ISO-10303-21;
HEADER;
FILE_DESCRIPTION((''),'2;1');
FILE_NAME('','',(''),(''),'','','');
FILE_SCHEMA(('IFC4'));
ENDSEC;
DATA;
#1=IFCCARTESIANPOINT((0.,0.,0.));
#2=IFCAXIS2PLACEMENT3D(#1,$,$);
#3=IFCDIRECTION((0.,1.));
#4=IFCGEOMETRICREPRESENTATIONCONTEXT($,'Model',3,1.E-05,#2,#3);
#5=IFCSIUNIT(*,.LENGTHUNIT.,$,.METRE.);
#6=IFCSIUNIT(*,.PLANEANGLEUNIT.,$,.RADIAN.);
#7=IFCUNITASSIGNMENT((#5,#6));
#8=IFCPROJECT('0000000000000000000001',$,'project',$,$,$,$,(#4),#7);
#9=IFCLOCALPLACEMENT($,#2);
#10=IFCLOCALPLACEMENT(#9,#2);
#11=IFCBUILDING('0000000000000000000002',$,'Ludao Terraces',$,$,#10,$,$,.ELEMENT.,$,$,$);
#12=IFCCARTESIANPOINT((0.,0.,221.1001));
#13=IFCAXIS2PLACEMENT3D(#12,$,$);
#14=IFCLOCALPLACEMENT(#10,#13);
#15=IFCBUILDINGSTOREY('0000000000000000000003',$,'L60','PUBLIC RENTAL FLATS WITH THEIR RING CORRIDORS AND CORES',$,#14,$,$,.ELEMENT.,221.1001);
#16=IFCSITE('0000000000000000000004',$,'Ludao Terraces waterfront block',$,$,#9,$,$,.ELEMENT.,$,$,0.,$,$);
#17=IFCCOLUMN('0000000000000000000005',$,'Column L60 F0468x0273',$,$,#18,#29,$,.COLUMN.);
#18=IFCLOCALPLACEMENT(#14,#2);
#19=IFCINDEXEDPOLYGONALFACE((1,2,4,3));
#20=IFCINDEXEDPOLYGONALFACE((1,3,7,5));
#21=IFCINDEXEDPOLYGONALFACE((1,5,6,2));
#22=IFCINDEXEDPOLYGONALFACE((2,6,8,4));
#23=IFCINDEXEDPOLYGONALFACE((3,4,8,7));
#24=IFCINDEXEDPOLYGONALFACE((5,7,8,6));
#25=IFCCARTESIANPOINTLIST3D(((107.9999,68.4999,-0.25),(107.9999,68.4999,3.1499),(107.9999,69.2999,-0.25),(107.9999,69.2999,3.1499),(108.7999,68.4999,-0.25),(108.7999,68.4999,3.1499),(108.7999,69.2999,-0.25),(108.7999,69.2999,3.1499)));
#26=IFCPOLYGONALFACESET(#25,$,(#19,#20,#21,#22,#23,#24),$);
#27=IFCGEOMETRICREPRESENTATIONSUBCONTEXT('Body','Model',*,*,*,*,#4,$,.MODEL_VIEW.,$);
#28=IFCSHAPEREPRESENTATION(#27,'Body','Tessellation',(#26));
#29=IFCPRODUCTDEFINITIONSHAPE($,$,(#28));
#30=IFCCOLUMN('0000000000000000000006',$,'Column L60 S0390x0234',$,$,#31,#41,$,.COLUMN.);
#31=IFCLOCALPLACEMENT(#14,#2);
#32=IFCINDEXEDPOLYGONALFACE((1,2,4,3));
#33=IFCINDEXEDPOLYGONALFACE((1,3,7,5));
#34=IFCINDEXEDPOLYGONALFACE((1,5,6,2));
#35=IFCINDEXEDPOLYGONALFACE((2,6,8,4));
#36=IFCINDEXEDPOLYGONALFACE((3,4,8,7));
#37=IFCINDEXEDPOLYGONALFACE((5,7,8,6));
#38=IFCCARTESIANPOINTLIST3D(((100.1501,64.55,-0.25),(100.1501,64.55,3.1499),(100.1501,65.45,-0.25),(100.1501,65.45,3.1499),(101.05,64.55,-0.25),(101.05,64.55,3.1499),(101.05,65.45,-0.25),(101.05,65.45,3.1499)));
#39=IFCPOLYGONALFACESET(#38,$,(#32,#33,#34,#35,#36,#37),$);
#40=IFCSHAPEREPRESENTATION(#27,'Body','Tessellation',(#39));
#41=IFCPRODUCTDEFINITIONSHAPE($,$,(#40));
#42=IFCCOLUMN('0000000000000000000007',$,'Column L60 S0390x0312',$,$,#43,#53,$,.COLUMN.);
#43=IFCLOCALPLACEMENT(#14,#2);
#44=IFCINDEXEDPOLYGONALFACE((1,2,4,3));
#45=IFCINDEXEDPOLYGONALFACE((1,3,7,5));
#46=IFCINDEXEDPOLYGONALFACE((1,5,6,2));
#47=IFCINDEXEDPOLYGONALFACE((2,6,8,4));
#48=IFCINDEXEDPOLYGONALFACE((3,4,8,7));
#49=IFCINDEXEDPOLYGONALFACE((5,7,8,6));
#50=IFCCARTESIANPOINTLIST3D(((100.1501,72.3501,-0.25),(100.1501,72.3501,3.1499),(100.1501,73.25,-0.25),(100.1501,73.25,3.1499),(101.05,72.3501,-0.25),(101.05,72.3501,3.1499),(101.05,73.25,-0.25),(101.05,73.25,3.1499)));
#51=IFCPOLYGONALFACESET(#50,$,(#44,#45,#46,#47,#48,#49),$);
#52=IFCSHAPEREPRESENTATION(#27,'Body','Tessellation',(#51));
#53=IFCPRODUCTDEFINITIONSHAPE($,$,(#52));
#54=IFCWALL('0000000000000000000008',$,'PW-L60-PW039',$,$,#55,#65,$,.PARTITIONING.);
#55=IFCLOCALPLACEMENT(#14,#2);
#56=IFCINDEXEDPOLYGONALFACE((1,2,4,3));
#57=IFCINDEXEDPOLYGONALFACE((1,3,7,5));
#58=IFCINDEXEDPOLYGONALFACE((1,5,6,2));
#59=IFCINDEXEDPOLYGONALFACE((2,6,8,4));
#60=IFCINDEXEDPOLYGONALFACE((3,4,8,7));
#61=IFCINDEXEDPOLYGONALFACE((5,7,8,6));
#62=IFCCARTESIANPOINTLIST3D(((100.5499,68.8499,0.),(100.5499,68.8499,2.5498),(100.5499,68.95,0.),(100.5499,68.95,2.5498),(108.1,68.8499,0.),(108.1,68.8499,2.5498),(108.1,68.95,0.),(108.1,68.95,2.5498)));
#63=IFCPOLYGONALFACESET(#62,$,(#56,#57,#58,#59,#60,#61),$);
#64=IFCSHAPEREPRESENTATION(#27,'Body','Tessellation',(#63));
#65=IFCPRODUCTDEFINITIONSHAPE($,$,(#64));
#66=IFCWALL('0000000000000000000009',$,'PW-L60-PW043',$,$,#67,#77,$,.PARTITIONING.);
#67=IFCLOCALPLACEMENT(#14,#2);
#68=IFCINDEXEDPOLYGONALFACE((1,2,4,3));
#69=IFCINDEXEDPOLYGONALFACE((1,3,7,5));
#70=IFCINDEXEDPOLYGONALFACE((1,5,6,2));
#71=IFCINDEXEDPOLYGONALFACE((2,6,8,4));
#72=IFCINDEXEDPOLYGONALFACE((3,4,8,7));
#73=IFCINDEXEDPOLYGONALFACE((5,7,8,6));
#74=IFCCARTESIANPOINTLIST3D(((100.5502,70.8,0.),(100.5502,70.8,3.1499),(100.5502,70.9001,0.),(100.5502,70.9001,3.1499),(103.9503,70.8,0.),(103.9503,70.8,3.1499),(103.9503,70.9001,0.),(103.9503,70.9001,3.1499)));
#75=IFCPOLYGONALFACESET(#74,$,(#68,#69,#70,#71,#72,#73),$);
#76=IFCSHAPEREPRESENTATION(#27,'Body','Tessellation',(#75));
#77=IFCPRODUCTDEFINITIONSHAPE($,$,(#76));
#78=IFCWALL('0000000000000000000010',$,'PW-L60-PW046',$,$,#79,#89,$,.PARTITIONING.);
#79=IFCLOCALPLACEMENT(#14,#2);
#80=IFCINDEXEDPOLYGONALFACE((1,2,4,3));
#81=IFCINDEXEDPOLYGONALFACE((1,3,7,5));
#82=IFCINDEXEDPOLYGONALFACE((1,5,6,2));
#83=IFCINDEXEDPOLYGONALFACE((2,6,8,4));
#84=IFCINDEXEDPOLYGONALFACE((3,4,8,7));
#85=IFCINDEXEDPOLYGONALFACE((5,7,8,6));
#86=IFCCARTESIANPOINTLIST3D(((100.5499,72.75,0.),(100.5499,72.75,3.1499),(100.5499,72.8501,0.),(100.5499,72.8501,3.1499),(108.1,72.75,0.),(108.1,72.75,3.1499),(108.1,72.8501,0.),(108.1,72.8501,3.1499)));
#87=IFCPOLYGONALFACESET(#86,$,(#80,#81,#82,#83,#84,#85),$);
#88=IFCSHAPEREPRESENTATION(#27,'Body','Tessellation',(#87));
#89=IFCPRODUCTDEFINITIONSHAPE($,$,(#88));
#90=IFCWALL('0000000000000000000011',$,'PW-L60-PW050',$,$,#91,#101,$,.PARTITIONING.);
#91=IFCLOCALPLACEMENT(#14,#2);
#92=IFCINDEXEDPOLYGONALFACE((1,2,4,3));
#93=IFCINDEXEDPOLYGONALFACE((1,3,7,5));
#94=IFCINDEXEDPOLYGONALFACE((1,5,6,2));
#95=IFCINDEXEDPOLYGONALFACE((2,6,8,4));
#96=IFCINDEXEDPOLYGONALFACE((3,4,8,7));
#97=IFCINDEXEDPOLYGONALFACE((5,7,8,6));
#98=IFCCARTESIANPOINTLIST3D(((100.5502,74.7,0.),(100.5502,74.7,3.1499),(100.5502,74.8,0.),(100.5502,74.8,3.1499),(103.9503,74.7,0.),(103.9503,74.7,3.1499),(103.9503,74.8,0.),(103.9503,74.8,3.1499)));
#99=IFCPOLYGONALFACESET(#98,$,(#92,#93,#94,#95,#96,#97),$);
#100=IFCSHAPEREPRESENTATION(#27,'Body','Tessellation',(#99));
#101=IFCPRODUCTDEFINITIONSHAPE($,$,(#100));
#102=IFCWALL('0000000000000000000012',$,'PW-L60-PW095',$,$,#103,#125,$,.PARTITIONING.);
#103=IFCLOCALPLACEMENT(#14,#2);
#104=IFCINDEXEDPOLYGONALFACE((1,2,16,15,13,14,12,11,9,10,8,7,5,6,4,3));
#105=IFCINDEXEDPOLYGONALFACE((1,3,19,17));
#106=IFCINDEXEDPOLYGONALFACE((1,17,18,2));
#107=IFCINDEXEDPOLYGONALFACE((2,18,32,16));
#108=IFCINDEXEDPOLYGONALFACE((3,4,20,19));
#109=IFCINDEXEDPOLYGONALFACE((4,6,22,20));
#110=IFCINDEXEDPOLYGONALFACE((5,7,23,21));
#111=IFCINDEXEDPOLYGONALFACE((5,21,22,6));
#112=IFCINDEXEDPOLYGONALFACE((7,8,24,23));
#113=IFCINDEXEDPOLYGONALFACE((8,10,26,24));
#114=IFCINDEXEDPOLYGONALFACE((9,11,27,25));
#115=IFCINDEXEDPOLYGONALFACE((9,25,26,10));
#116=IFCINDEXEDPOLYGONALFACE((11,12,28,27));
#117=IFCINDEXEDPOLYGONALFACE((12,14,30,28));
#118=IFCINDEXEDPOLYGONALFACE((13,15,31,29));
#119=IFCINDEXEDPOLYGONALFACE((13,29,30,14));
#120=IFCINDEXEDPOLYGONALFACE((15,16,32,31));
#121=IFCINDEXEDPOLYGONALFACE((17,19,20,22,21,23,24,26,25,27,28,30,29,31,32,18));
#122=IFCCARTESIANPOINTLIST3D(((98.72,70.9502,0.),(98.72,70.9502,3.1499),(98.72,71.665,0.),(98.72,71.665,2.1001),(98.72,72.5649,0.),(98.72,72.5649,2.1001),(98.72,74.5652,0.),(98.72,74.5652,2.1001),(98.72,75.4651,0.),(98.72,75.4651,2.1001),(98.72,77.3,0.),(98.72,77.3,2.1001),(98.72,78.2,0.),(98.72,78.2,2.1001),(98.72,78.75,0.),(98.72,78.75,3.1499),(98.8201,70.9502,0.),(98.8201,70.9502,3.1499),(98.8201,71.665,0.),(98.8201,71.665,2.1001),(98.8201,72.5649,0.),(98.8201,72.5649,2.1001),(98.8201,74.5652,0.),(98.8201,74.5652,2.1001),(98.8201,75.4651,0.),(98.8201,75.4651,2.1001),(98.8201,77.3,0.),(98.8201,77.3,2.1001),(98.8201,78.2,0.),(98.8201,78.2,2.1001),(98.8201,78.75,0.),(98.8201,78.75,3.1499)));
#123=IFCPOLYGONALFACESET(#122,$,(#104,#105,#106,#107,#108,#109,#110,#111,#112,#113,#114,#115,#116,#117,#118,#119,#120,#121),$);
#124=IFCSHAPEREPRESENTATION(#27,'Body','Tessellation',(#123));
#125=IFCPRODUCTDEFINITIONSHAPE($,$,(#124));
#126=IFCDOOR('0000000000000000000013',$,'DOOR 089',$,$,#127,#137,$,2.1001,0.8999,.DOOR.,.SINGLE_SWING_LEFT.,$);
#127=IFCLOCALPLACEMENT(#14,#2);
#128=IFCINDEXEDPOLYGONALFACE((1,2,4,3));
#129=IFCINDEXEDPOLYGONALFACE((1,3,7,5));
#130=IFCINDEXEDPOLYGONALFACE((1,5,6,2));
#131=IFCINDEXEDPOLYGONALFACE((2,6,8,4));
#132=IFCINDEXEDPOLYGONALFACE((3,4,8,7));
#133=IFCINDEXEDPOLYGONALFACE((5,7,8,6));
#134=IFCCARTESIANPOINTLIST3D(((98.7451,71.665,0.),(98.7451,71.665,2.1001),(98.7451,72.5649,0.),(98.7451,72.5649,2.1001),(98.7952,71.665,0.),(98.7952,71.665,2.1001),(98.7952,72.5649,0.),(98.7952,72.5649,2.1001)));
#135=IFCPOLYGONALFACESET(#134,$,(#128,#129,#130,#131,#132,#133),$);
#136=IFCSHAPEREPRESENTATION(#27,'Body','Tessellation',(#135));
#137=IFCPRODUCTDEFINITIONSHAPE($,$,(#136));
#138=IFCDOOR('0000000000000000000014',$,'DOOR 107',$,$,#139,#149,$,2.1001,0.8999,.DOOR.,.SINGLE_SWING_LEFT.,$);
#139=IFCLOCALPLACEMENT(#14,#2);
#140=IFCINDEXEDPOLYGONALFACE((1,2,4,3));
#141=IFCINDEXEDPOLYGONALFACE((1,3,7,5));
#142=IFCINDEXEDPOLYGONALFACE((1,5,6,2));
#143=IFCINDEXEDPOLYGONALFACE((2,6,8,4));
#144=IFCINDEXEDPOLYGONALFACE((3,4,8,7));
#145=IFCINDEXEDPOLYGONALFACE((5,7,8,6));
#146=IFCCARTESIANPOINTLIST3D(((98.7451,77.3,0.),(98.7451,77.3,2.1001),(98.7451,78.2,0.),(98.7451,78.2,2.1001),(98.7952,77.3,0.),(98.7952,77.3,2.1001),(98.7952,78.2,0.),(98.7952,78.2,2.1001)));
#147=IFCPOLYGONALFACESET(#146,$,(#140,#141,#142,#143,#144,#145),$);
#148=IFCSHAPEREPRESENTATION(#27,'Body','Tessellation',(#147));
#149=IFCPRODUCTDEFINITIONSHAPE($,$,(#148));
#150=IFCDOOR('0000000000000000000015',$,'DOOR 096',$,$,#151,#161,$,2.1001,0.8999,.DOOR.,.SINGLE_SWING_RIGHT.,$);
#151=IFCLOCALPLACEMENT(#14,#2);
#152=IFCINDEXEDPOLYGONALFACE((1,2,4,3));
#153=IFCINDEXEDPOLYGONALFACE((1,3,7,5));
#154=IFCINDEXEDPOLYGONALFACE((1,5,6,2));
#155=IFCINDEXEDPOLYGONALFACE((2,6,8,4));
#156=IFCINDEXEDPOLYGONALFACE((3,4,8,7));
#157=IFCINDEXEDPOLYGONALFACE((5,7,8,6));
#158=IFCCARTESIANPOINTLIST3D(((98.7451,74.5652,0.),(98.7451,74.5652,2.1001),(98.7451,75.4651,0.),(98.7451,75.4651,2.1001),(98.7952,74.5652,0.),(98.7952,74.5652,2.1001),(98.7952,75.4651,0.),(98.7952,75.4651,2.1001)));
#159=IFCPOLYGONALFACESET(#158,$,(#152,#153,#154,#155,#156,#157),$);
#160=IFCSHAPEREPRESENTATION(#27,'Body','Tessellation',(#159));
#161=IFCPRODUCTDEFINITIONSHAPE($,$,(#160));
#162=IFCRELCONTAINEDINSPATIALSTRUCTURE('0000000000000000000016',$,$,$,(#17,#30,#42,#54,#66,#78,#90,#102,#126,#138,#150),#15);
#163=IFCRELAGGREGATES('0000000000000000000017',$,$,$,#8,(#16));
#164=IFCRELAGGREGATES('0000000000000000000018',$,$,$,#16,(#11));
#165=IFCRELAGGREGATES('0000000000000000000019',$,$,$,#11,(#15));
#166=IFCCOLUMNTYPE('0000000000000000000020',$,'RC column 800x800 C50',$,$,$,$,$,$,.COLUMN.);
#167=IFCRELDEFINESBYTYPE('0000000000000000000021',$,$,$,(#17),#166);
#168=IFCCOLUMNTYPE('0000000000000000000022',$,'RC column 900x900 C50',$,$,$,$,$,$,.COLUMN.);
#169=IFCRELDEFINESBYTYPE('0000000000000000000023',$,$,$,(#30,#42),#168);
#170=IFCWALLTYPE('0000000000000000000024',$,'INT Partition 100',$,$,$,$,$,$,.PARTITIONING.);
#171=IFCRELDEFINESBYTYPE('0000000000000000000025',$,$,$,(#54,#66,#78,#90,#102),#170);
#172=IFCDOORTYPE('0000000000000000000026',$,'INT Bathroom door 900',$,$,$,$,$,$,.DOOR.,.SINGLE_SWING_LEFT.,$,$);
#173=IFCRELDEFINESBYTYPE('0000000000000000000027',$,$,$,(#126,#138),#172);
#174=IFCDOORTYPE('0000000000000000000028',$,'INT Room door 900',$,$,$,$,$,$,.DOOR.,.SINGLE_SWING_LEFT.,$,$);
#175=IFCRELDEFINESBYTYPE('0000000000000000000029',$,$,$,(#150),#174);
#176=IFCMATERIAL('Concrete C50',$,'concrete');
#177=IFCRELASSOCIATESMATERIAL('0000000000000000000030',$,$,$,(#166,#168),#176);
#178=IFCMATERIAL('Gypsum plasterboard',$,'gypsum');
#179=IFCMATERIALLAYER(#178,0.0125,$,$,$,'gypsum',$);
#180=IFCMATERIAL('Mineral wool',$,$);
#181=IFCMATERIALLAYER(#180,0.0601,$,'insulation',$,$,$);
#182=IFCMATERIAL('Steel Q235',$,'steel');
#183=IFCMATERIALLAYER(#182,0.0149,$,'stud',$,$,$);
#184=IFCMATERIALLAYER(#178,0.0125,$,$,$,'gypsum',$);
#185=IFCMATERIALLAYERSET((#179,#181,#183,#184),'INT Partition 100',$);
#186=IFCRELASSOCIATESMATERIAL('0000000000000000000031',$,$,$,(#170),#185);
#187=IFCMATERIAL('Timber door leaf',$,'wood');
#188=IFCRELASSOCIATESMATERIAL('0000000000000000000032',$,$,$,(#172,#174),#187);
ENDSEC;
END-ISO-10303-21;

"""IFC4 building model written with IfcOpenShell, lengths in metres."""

from ifc_helpers import new_model, si_unit, direction, frame, frame_2d, origin, origin_2d, place, context, subcontext, project, spatial, rectangle, extrude, material, layer, layer_set, material_profile, profile_set, type_object, element, fill, save


model = new_model("IFC4")

# Units and contexts
model_context = context("Model", 3, precision=1e-05, world=origin(), true_north=direction((0.0, 1.0)))
body_context = subcontext(model_context, "Body", "Model", "MODEL_VIEW")
ifc_project = project(units=[si_unit("LENGTHUNIT", "METRE"), si_unit("PLANEANGLEUNIT", "RADIAN")], contexts=[model_context])

# Site, building, storey
site_placement = place(None, origin())
site = spatial("IfcSite", under=ifc_project, at=site_placement, Name="Ludao Terraces waterfront block", CompositionType="ELEMENT", RefElevation=0.0)
building_placement = place(site_placement, origin())
building = spatial("IfcBuilding", under=site, at=building_placement, Name="Ludao Terraces", CompositionType="ELEMENT")
storey_placement = place(building_placement, frame((0.0, 0.0, 221.1001)))
storey = spatial("IfcBuildingStorey", under=building, at=storey_placement, Name="L60", Description="PUBLIC RENTAL FLATS WITH THEIR RING CORRIDORS AND CORES", CompositionType="ELEMENT", Elevation=221.1001)

# Columns
ifc_material_1 = material(Name="Concrete C50", Category="concrete")
ifc_material_profile_1 = material_profile(ifc_material_1, rectangle(XDim=0.8, YDim=0.8, at=origin_2d()), Name="800 X 800")
ifc_profile_set_1 = profile_set([ifc_material_profile_1], Name="Concrete C50")
column_type_1 = type_object("IfcColumnType", Name="RC column 800x800 C50", PredefinedType="COLUMN", material=ifc_profile_set_1)
column_placement = place(storey_placement, frame((108.3999, 68.8999, -0.25), z_axis=(0.0, 0.0, 1.0), x_axis=(1.0, 0.0, 0.0)))
element("IfcColumn", 1, at=column_placement, inside=storey, type_object=column_type_1, Name="Column L60 F0468x0273", PredefinedType="COLUMN", context=body_context, shape_type="SweptSolid", body=[
    extrude(rectangle(XDim=0.8, YDim=0.8, at=origin_2d()), origin(), (0.0, 0.0, 1.0), 3.3999),
])
ifc_material_profile_2 = material_profile(ifc_material_1, rectangle(XDim=0.8999, YDim=0.8999, at=origin_2d()), Name="900 X 900")
ifc_profile_set_2 = profile_set([ifc_material_profile_2], Name="Concrete C50")
column_type_2 = type_object("IfcColumnType", Name="RC column 900x900 C50", PredefinedType="COLUMN", material=ifc_profile_set_2)
for number, where, z_axis, x_axis, name in (
    (2, (100.6001, 65.0, -0.25), (0.0, 0.0, 1.0), (1.0, 0.0, 0.0), "Column L60 S0390x0234"),
    (3, (100.6001, 72.8, -0.25), (0.0, 0.0, 1.0), (1.0, 0.0, 0.0), "Column L60 S0390x0312"),
):
    element("IfcColumn", number, at=place(storey_placement, frame(where, z_axis=z_axis, x_axis=x_axis)), inside=storey, type_object=column_type_2, Name=name, PredefinedType="COLUMN", context=body_context, shape_type="SweptSolid", body=[
        extrude(rectangle(XDim=0.8999, YDim=0.8999, at=origin_2d()), origin(), (0.0, 0.0, 1.0), 3.3999),
    ])

# Shared definitions
ifc_material_2 = material(Name="Mineral wool")

# Walls
ifc_material_3 = material(Name="Gypsum plasterboard", Category="gypsum")
ifc_layer_1 = layer(ifc_material_3, 0.0125, Category="gypsum")
ifc_layer_2 = layer(ifc_material_2, 0.0601, Name="insulation")
ifc_material_4 = material(Name="Steel Q235", Category="steel")
ifc_layer_3 = layer(ifc_material_4, 0.0149, Name="stud")
ifc_layer_4 = layer(ifc_material_3, 0.0125, Category="gypsum")
ifc_layer_set_1 = layer_set([ifc_layer_1, ifc_layer_2, ifc_layer_3, ifc_layer_4], Name="INT Partition 100")
wall_type_1 = type_object("IfcWallType", Name="INT Partition 100", PredefinedType="PARTITIONING", material=ifc_layer_set_1)
wall_1_placement = place(storey_placement, frame((100.55, 68.8999, 0.0), z_axis=(0.0, 0.0, 1.0), x_axis=(1.0, 0.0, 0.0)))
element("IfcWall", 4, at=wall_1_placement, inside=storey, type_object=wall_type_1, Name="PW-L60-PW039", PredefinedType="PARTITIONING", context=body_context, shape_type="SweptSolid", body=[
    extrude(rectangle(XDim=7.55, YDim=0.1001, at=frame_2d((3.7749, 0.0))), origin(), (0.0, 0.0, 1.0), 2.5498),
])
wall_2_placement = place(storey_placement, frame((100.55, 70.8501, 0.0), z_axis=(0.0, 0.0, 1.0), x_axis=(1.0, 0.0, 0.0)))
element("IfcWall", 5, at=wall_2_placement, inside=storey, type_object=wall_type_1, Name="PW-L60-PW043", PredefinedType="PARTITIONING", context=body_context, shape_type="SweptSolid", body=[
    extrude(rectangle(XDim=3.4001, YDim=0.1001, at=frame_2d((1.7002, 0.0))), origin(), (0.0, 0.0, 1.0), 3.1499),
])
wall_3_placement = place(storey_placement, frame((100.55, 72.8, 0.0), z_axis=(0.0, 0.0, 1.0), x_axis=(1.0, 0.0, 0.0)))
element("IfcWall", 6, at=wall_3_placement, inside=storey, type_object=wall_type_1, Name="PW-L60-PW046", PredefinedType="PARTITIONING", context=body_context, shape_type="SweptSolid", body=[
    extrude(rectangle(XDim=7.55, YDim=0.1001, at=frame_2d((3.7749, 0.0))), origin(), (0.0, 0.0, 1.0), 3.1499),
])
wall_4_placement = place(storey_placement, frame((100.55, 74.75, 0.0), z_axis=(0.0, 0.0, 1.0), x_axis=(1.0, 0.0, 0.0)))
element("IfcWall", 7, at=wall_4_placement, inside=storey, type_object=wall_type_1, Name="PW-L60-PW050", PredefinedType="PARTITIONING", context=body_context, shape_type="SweptSolid", body=[
    extrude(rectangle(XDim=3.4001, YDim=0.1001, at=frame_2d((1.7002, 0.0))), origin(), (0.0, 0.0, 1.0), 3.1499),
])

# Wall, openings, doors
wall_5_placement = place(storey_placement, frame((98.77, 70.9502, 0.0), z_axis=(0.0, 0.0, 1.0), x_axis=(0.0, 1.0, 0.0)))
wall_5 = element("IfcWall", 8, at=wall_5_placement, inside=storey, type_object=wall_type_1, Name="PW-L60-PW095", PredefinedType="PARTITIONING", context=body_context, shape_type="SweptSolid", body=[
    extrude(rectangle(XDim=7.7998, YDim=0.1001, at=frame_2d((3.8999, 0.0))), origin(), (0.0, 0.0, 1.0), 3.1499),
])
opening_1_placement = place(wall_5_placement, frame((0.7148, 0.0, 0.0)))
opening_1 = element("IfcOpeningElement", 9, at=opening_1_placement, cuts=wall_5, PredefinedType="OPENING", context=body_context, shape_type="SweptSolid", body=[
    extrude(rectangle(XDim=0.8999, YDim=2.1001, at=frame_2d((0.45, 1.05))), frame((0.0, 0.0601, 0.0), z_axis=(0.0, -1.0, 0.0), x_axis=(1.0, 0.0, 0.0)), (0.0, 0.0, 1.0), 0.1201),
])
opening_2_placement = place(wall_5_placement, frame((3.615, 0.0, 0.0)))
opening_2 = element("IfcOpeningElement", 10, at=opening_2_placement, cuts=wall_5, PredefinedType="OPENING", context=body_context, shape_type="SweptSolid", body=[
    extrude(rectangle(XDim=0.8999, YDim=2.1001, at=frame_2d((0.45, 1.05))), frame((0.0, 0.0601, 0.0), z_axis=(0.0, -1.0, 0.0), x_axis=(1.0, 0.0, 0.0)), (0.0, 0.0, 1.0), 0.1201),
])
opening_3_placement = place(wall_5_placement, frame((6.3499, 0.0, 0.0)))
opening_3 = element("IfcOpeningElement", 11, at=opening_3_placement, cuts=wall_5, PredefinedType="OPENING", context=body_context, shape_type="SweptSolid", body=[
    extrude(rectangle(XDim=0.8999, YDim=2.1001, at=frame_2d((0.45, 1.05))), frame((0.0, 0.0601, 0.0), z_axis=(0.0, -1.0, 0.0), x_axis=(1.0, 0.0, 0.0)), (0.0, 0.0, 1.0), 0.1201),
])
ifc_material_5 = material(Name="Timber door leaf", Category="wood")
door_type_1 = type_object("IfcDoorType", Name="INT Bathroom door 900", OperationType="SINGLE_SWING_LEFT", PredefinedType="DOOR", material=ifc_material_5)
door_1_placement = place(opening_1_placement, origin())
door_1 = element("IfcDoor", 12, at=door_1_placement, inside=storey, type_object=door_type_1, Name="DOOR 089", OperationType="SINGLE_SWING_LEFT", OverallHeight=2.1001, OverallWidth=0.8999, PredefinedType="DOOR", context=body_context, shape_type="SweptSolid", body=[
    extrude(rectangle(XDim=0.8999, YDim=2.1001, at=frame_2d((0.45, 1.05))), frame((0.0, 0.0249, 0.0), z_axis=(0.0, -1.0, 0.0), x_axis=(1.0, 0.0, 0.0)), (0.0, 0.0, 1.0), 0.05),
])
fill(opening_1, door_1)
door_2_placement = place(opening_3_placement, origin())
door_2 = element("IfcDoor", 13, at=door_2_placement, inside=storey, type_object=door_type_1, Name="DOOR 107", OperationType="SINGLE_SWING_LEFT", OverallHeight=2.1001, OverallWidth=0.8999, PredefinedType="DOOR", context=body_context, shape_type="SweptSolid", body=[
    extrude(rectangle(XDim=0.8999, YDim=2.1001, at=frame_2d((0.45, 1.05))), frame((0.0, 0.0249, 0.0), z_axis=(0.0, -1.0, 0.0), x_axis=(1.0, 0.0, 0.0)), (0.0, 0.0, 1.0), 0.05),
])
fill(opening_3, door_2)
door_type_2 = type_object("IfcDoorType", Name="INT Room door 900", OperationType="SINGLE_SWING_LEFT", PredefinedType="DOOR", material=ifc_material_5)
door_3_placement = place(opening_2_placement, origin())
door_3 = element("IfcDoor", 14, at=door_3_placement, inside=storey, type_object=door_type_2, Name="DOOR 096", OperationType="SINGLE_SWING_RIGHT", OverallHeight=2.1001, OverallWidth=0.8999, PredefinedType="DOOR", context=body_context, shape_type="SweptSolid", body=[
    extrude(rectangle(XDim=0.8999, YDim=2.1001, at=frame_2d((0.45, 1.05))), frame((0.0, 0.0249, 0.0), z_axis=(0.0, -1.0, 0.0), x_axis=(1.0, 0.0, 0.0)), (0.0, 0.0, 1.0), 0.05),
])
fill(opening_2, door_3)

save(model, "model.ifc")
